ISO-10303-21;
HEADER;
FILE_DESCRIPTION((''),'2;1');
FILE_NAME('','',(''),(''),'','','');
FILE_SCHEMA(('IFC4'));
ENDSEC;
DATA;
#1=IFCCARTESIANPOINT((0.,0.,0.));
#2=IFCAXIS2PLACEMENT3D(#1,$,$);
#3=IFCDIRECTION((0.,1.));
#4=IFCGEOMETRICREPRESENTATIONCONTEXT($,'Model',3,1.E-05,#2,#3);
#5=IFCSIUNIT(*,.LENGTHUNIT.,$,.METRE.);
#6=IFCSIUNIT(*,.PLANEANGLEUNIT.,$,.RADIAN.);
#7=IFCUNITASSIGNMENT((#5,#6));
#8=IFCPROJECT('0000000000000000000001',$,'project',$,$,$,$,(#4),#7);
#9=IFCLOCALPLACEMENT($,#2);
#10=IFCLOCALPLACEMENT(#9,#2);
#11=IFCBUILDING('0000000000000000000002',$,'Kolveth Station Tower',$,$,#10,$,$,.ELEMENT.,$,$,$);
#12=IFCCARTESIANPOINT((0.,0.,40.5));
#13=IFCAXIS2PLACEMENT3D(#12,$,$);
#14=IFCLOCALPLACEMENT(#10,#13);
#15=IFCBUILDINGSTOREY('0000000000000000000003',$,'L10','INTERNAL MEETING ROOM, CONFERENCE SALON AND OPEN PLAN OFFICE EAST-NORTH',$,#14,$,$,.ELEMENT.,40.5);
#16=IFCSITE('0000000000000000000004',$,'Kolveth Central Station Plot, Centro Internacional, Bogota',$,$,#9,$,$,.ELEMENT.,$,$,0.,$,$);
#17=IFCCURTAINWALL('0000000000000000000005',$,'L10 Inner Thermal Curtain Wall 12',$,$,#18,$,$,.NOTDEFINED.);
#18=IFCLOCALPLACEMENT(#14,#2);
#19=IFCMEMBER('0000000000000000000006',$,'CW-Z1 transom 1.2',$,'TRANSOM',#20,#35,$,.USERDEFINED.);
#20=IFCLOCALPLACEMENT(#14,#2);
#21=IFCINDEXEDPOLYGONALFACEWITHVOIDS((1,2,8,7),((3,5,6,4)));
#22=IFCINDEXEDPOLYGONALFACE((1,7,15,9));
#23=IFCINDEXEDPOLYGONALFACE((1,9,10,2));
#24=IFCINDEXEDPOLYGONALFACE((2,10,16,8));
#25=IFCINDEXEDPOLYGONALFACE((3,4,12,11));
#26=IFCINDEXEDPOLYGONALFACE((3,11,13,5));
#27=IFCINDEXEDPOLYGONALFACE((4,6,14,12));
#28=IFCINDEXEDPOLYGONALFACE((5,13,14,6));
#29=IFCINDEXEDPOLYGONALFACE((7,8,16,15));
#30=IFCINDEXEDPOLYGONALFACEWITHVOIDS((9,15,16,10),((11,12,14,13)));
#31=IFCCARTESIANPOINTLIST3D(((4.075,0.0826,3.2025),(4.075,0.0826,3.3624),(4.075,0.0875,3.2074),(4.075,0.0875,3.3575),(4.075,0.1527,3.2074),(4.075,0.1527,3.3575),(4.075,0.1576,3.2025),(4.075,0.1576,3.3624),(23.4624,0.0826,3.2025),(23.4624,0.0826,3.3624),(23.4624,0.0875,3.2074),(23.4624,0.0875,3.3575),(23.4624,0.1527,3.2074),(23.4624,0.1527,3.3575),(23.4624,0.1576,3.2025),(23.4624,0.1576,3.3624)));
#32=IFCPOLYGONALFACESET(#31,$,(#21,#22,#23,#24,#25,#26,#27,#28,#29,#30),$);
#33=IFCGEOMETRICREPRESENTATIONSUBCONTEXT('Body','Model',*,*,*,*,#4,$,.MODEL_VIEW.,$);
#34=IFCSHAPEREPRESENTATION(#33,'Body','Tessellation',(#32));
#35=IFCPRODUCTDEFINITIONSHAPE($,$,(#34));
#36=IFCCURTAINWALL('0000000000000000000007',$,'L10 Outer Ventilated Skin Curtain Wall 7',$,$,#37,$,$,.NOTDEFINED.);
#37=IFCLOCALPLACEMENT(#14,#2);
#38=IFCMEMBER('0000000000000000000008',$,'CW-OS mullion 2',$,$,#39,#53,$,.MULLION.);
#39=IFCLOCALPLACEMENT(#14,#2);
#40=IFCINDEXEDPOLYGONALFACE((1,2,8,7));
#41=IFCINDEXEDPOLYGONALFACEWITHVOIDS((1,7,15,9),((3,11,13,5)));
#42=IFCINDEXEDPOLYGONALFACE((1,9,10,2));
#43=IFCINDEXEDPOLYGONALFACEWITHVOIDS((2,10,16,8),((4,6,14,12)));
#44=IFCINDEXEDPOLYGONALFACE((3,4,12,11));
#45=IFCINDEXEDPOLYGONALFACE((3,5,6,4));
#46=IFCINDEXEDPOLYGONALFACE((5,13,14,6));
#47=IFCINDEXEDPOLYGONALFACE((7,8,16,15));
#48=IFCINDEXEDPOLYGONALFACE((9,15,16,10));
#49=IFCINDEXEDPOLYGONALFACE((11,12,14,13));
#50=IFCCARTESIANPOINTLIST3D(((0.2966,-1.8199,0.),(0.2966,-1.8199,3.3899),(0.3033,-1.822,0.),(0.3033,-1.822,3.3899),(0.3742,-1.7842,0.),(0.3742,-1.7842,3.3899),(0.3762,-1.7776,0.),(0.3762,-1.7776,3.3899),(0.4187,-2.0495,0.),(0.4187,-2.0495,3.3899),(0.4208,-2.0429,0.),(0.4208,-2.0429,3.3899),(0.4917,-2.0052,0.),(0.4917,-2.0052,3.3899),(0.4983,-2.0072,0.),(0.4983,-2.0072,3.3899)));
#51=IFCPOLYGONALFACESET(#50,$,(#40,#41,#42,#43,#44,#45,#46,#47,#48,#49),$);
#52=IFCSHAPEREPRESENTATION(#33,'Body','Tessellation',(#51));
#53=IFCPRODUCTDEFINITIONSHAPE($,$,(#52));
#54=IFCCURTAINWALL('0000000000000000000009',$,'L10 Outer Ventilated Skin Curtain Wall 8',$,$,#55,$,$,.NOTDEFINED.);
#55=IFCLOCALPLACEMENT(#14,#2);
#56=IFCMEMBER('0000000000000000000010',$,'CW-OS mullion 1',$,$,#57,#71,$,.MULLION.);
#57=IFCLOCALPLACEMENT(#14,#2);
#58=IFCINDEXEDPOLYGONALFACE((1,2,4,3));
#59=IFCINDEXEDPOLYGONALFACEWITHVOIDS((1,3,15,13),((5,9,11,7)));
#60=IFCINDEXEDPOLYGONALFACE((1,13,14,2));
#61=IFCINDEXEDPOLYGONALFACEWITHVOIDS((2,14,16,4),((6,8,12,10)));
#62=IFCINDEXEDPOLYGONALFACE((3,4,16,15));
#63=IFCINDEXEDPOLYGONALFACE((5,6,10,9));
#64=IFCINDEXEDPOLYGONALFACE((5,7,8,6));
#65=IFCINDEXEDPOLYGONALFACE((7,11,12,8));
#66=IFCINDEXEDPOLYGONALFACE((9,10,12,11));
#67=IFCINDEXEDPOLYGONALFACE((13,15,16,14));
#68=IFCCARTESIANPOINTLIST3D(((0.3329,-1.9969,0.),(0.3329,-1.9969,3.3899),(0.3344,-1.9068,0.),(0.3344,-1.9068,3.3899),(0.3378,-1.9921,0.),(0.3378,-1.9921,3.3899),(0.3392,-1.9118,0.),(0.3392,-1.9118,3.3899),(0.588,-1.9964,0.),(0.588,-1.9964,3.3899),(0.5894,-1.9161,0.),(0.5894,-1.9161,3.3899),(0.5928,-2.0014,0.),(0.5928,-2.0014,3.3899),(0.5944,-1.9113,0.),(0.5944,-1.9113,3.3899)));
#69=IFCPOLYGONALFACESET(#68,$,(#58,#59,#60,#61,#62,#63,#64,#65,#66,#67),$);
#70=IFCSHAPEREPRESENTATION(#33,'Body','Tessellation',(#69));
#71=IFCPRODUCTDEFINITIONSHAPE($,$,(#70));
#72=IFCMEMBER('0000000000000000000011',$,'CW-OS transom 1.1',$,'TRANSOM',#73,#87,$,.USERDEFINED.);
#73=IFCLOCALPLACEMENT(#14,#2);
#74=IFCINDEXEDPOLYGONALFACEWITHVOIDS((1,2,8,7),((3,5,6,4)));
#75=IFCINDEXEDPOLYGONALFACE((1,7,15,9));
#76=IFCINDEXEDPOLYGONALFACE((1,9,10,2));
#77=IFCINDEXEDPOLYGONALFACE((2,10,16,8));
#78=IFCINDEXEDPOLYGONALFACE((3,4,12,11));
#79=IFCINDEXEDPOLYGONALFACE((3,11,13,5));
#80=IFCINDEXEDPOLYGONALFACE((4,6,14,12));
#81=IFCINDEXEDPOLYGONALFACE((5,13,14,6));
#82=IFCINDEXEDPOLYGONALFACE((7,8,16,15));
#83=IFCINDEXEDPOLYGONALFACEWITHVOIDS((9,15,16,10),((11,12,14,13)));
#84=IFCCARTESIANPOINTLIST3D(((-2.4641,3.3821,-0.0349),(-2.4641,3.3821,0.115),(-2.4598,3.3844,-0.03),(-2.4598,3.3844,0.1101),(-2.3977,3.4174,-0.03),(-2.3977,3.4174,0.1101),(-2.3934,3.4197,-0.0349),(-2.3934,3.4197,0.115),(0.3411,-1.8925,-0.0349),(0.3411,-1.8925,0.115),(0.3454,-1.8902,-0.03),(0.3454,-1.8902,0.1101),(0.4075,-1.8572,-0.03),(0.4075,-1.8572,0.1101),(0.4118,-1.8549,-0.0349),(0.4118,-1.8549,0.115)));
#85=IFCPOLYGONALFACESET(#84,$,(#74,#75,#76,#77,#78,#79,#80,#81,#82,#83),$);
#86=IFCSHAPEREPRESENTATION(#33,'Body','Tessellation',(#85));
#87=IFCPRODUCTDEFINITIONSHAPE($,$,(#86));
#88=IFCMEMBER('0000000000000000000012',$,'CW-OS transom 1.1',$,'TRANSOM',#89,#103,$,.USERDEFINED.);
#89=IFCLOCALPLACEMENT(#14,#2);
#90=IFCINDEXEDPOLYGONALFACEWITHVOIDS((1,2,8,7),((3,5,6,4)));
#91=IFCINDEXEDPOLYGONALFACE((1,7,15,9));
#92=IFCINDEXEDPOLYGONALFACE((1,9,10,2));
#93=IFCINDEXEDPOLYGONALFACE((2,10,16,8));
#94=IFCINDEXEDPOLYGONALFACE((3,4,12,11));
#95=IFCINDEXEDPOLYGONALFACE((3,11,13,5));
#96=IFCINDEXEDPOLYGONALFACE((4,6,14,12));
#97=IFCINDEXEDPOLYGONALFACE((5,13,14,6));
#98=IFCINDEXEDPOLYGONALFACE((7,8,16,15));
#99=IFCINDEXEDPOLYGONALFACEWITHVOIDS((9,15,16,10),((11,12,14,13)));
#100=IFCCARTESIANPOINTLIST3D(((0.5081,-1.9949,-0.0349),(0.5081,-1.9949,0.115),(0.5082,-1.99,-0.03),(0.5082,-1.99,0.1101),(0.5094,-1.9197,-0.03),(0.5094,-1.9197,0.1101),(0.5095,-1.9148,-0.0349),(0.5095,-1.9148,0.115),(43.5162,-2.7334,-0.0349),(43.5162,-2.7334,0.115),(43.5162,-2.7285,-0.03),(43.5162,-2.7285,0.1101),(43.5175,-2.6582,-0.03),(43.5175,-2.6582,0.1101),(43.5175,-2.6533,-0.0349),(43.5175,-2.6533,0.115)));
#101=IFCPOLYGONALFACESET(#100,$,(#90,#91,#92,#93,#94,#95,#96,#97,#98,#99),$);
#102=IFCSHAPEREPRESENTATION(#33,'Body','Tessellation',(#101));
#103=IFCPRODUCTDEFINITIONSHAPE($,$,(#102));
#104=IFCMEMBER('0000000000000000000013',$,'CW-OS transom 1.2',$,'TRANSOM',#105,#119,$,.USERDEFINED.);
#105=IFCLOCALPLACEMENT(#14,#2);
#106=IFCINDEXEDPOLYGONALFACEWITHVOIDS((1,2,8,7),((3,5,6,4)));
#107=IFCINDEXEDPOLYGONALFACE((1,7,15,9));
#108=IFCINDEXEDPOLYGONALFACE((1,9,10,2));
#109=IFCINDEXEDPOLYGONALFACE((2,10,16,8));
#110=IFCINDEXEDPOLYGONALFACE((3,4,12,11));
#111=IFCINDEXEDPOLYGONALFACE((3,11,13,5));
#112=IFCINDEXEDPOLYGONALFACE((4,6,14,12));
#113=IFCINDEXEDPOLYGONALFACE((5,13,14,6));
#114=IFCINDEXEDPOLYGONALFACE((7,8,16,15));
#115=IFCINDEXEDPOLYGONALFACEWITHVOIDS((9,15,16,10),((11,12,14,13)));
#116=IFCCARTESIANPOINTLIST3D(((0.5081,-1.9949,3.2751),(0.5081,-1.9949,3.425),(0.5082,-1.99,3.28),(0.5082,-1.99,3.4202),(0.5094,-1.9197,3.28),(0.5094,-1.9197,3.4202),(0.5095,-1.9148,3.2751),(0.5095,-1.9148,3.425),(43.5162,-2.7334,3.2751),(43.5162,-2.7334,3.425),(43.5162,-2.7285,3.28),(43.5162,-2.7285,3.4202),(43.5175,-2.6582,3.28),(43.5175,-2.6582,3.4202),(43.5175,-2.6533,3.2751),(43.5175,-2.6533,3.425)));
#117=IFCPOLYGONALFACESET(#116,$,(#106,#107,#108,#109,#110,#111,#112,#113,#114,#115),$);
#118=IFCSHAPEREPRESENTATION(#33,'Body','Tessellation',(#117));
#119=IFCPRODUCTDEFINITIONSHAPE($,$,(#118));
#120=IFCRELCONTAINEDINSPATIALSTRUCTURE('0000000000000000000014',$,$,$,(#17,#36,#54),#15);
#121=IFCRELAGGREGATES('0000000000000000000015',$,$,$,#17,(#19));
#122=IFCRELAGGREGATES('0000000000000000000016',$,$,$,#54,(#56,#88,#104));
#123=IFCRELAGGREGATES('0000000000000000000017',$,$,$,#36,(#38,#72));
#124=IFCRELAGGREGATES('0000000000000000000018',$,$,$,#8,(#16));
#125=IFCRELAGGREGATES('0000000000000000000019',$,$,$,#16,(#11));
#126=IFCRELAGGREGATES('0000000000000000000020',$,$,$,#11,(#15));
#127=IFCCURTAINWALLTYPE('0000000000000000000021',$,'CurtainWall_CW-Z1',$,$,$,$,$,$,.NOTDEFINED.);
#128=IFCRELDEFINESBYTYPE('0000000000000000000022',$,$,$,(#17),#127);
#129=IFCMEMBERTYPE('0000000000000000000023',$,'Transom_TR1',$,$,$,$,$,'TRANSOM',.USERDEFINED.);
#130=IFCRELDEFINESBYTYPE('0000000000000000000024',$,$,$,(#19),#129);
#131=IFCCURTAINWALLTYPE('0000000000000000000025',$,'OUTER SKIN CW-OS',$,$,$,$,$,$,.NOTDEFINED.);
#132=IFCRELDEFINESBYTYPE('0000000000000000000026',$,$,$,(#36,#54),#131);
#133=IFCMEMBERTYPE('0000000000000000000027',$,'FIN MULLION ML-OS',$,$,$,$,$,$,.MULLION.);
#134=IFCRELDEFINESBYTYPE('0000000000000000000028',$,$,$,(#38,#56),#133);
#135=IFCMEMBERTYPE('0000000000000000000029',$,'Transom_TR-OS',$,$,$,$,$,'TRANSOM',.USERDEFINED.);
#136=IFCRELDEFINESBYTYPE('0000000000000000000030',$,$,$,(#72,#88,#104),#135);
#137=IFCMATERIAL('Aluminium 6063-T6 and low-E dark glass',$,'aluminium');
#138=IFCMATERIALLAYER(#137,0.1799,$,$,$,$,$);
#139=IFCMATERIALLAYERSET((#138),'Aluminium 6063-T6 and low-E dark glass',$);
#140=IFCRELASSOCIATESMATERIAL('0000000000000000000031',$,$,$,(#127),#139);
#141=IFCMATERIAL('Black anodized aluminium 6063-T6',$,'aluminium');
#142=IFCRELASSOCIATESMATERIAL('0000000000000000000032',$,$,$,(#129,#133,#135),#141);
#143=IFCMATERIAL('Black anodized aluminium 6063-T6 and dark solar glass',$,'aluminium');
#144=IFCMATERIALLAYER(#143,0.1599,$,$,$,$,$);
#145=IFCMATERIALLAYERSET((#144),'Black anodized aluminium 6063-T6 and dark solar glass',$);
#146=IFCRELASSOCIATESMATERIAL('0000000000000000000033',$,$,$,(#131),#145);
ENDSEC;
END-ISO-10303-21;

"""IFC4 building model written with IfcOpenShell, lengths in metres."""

from ifc_helpers import new_model, si_unit, direction, frame, origin, origin_2d, place, context, subcontext, project, spatial, hollow_rectangle, extrude, source, transform, mapped, material, layer, layer_set, material_profile, profile_set, type_object, element, aggregate, save


model = new_model("IFC4")

# Units and contexts
model_context = context("Model", 3, precision=1e-05, world=origin(), true_north=direction((0.0, 1.0)))
body_context = subcontext(model_context, "Body", "Model", "MODEL_VIEW")
ifc_project = project(units=[si_unit("LENGTHUNIT", "METRE"), si_unit("PLANEANGLEUNIT", "RADIAN")], contexts=[model_context])

# Site, building, storey
site_placement = place(None, origin())
site = spatial("IfcSite", under=ifc_project, at=site_placement, Name="Kolveth Central Station Plot, Centro Internacional, Bogota", CompositionType="ELEMENT", RefElevation=0.0)
building_placement = place(site_placement, origin())
building = spatial("IfcBuilding", under=site, at=building_placement, Name="Kolveth Station Tower", CompositionType="ELEMENT")
storey_placement = place(building_placement, frame((0.0, 0.0, 40.5)))
storey = spatial("IfcBuildingStorey", under=building, at=storey_placement, Name="L10", Description="INTERNAL MEETING ROOM, CONFERENCE SALON AND OPEN PLAN OFFICE EAST-NORTH", CompositionType="ELEMENT", Elevation=40.5)

# Shared definitions
ifc_material_1 = material(Name="Aluminium 6063-T6 and low-E dark glass", Category="aluminium")
ifc_layer_1 = layer(ifc_material_1, 0.1799)
ifc_layer_set_1 = layer_set([ifc_layer_1], Name="Aluminium 6063-T6 and low-E dark glass")
curtain_wall_type_1 = type_object("IfcCurtainWallType", Name="CurtainWall_CW-Z1", PredefinedType="NOTDEFINED", material=ifc_layer_set_1)
ifc_material_2 = material(Name="Black anodized aluminium 6063-T6", Category="aluminium")

# Curtain wall
curtain_wall_1_placement = place(storey_placement, origin())
curtain_wall_1 = element("IfcCurtainWall", 1, at=curtain_wall_1_placement, inside=storey, type_object=curtain_wall_type_1, Name="L10 Inner Thermal Curtain Wall 12", PredefinedType="NOTDEFINED")

# Member
ifc_material_profile_1 = material_profile(ifc_material_2, hollow_rectangle(XDim=0.075, YDim=0.1599, WallThickness=0.0049, at=origin_2d()), Name="ALU-75x160x5")
ifc_profile_set_1 = profile_set([ifc_material_profile_1], Name="Black anodized aluminium 6063-T6")
member_type_1 = type_object("IfcMemberType", Name="Transom_TR1", ElementType="TRANSOM", PredefinedType="USERDEFINED", material=ifc_profile_set_1)
shared_shape_1 = source(origin(), body_context, "Body", "SweptSolid", [
    extrude(hollow_rectangle(XDim=0.075, YDim=0.1599, WallThickness=0.0049, at=origin_2d()), origin(), (0.0, 0.0, 1.0), 19.3875),
])
member_1_placement = place(storey_placement, frame((4.075, 0.1201, 3.2825), z_axis=(1.0, 0.0, 0.0), x_axis=(0.0, 1.0, 0.0)))
member_1 = element("IfcMember", 2, at=member_1_placement, type_object=member_type_1, Name="CW-Z1 transom 1.2", ObjectType="TRANSOM", PredefinedType="USERDEFINED", context=body_context, shape_type="MappedRepresentation", body=[
    mapped(shared_shape_1, transform((0.0, 0.0, 0.0), x_axis=(1.0, 0.0, 0.0), y_axis=(0.0, 1.0, 0.0), z_axis=(0.0, 0.0, 1.0), scale=1.0)),
])
aggregate(curtain_wall_1, [member_1])

# Curtain walls, members
ifc_material_3 = material(Name="Black anodized aluminium 6063-T6 and dark solar glass", Category="aluminium")
ifc_layer_2 = layer(ifc_material_3, 0.1599)
ifc_layer_set_2 = layer_set([ifc_layer_2], Name="Black anodized aluminium 6063-T6 and dark solar glass")
curtain_wall_type_2 = type_object("IfcCurtainWallType", Name="OUTER SKIN CW-OS", PredefinedType="NOTDEFINED", material=ifc_layer_set_2)
curtain_wall_2_placement = place(storey_placement, origin())
curtain_wall_2 = element("IfcCurtainWall", 3, at=curtain_wall_2_placement, inside=storey, type_object=curtain_wall_type_2, Name="L10 Outer Ventilated Skin Curtain Wall 7", PredefinedType="NOTDEFINED")
ifc_material_profile_2 = material_profile(ifc_material_2, hollow_rectangle(XDim=0.0901, YDim=0.26, WallThickness=0.0049, at=origin_2d()), Name="ALU-90x260x5")
ifc_profile_set_2 = profile_set([ifc_material_profile_2], Name="Black anodized aluminium 6063-T6")
member_type_2 = type_object("IfcMemberType", Name="FIN MULLION ML-OS", PredefinedType="MULLION", material=ifc_profile_set_2)
shared_shape_2 = source(origin(), body_context, "Body", "SweptSolid", [
    extrude(hollow_rectangle(XDim=0.0901, YDim=0.26, WallThickness=0.0049, at=origin_2d()), origin(), (0.0, 0.0, 1.0), 3.3899),
])
member_2_placement = place(storey_placement, frame((0.3975, -1.9136, 0.0), z_axis=(0.0, 0.0, 1.0), x_axis=(0.882917, 0.469529, 0.0)))
member_2 = element("IfcMember", 4, at=member_2_placement, type_object=member_type_2, Name="CW-OS mullion 2", PredefinedType="MULLION", context=body_context, shape_type="MappedRepresentation", body=[
    mapped(shared_shape_2, transform((0.0, 0.0, 0.0), x_axis=(1.0, 0.0, 0.0), y_axis=(0.0, 1.0, 0.0), z_axis=(0.0, 0.0, 1.0), scale=1.0)),
])
curtain_wall_3_placement = place(storey_placement, origin())
curtain_wall_3 = element("IfcCurtainWall", 5, at=curtain_wall_3_placement, inside=storey, type_object=curtain_wall_type_2, Name="L10 Outer Ventilated Skin Curtain Wall 8", PredefinedType="NOTDEFINED")
member_3_placement = place(storey_placement, frame((0.4636, -1.9541, 0.0), z_axis=(0.0, 0.0, 1.0), x_axis=(0.017169, 0.999853, 0.0)))
member_3 = element("IfcMember", 6, at=member_3_placement, type_object=member_type_2, Name="CW-OS mullion 1", PredefinedType="MULLION", context=body_context, shape_type="MappedRepresentation", body=[
    mapped(shared_shape_2, transform((0.0, 0.0, 0.0), x_axis=(1.0, 0.0, 0.0), y_axis=(0.0, 1.0, 0.0), z_axis=(0.0, 0.0, 1.0), scale=1.0)),
])

# Members
ifc_material_profile_3 = material_profile(ifc_material_2, hollow_rectangle(XDim=0.0801, YDim=0.1499, WallThickness=0.0049, at=origin_2d()), Name="ALU-80x150x5")
ifc_profile_set_3 = profile_set([ifc_material_profile_3], Name="Black anodized aluminium 6063-T6")
member_type_3 = type_object("IfcMemberType", Name="Transom_TR-OS", ElementType="TRANSOM", PredefinedType="USERDEFINED", material=ifc_profile_set_3)
shared_shape_3 = source(origin(), body_context, "Body", "SweptSolid", [
    extrude(hollow_rectangle(XDim=0.0801, YDim=0.1499, WallThickness=0.0049, at=origin_2d()), origin(), (0.0, 0.0, 1.0), 5.9741),
])
member_4_placement = place(storey_placement, frame((-2.4287, 3.4009, 0.04), z_axis=(0.469549, -0.882907, 0.0), x_axis=(0.882907, 0.469549, 0.0)))
member_4 = element("IfcMember", 7, at=member_4_placement, type_object=member_type_3, Name="CW-OS transom 1.1", ObjectType="TRANSOM", PredefinedType="USERDEFINED", context=body_context, shape_type="MappedRepresentation", body=[
    mapped(shared_shape_3, transform((0.0, 0.0, 0.0), x_axis=(1.0, 0.0, 0.0), y_axis=(0.0, 1.0, 0.0), z_axis=(0.0, 0.0, 1.0), scale=1.0)),
])
shared_shape_4 = source(origin(), body_context, "Body", "SweptSolid", [
    extrude(hollow_rectangle(XDim=0.0801, YDim=0.1499, WallThickness=0.0049, at=origin_2d()), origin(), (0.0, 0.0, 1.0), 43.0144),
])
member_5_placement = place(storey_placement, frame((0.5088, -1.9548, 0.04), z_axis=(0.999853, -0.017169, 0.0), x_axis=(0.017169, 0.999853, 0.0)))
member_5 = element("IfcMember", 8, at=member_5_placement, type_object=member_type_3, Name="CW-OS transom 1.1", ObjectType="TRANSOM", PredefinedType="USERDEFINED", context=body_context, shape_type="MappedRepresentation", body=[
    mapped(shared_shape_4, transform((0.0, 0.0, 0.0), x_axis=(1.0, 0.0, 0.0), y_axis=(0.0, 1.0, 0.0), z_axis=(0.0, 0.0, 1.0), scale=1.0)),
])
member_6_placement = place(storey_placement, frame((0.5088, -1.9548, 3.3501), z_axis=(0.999853, -0.017169, 0.0), x_axis=(0.017169, 0.999853, 0.0)))
member_6 = element("IfcMember", 9, at=member_6_placement, type_object=member_type_3, Name="CW-OS transom 1.2", ObjectType="TRANSOM", PredefinedType="USERDEFINED", context=body_context, shape_type="MappedRepresentation", body=[
    mapped(shared_shape_4, transform((0.0, 0.0, 0.0), x_axis=(1.0, 0.0, 0.0), y_axis=(0.0, 1.0, 0.0), z_axis=(0.0, 0.0, 1.0), scale=1.0)),
])
aggregate(curtain_wall_3, [member_3, member_5, member_6])

aggregate(curtain_wall_2, [member_2, member_4])

save(model, "model.ifc")
